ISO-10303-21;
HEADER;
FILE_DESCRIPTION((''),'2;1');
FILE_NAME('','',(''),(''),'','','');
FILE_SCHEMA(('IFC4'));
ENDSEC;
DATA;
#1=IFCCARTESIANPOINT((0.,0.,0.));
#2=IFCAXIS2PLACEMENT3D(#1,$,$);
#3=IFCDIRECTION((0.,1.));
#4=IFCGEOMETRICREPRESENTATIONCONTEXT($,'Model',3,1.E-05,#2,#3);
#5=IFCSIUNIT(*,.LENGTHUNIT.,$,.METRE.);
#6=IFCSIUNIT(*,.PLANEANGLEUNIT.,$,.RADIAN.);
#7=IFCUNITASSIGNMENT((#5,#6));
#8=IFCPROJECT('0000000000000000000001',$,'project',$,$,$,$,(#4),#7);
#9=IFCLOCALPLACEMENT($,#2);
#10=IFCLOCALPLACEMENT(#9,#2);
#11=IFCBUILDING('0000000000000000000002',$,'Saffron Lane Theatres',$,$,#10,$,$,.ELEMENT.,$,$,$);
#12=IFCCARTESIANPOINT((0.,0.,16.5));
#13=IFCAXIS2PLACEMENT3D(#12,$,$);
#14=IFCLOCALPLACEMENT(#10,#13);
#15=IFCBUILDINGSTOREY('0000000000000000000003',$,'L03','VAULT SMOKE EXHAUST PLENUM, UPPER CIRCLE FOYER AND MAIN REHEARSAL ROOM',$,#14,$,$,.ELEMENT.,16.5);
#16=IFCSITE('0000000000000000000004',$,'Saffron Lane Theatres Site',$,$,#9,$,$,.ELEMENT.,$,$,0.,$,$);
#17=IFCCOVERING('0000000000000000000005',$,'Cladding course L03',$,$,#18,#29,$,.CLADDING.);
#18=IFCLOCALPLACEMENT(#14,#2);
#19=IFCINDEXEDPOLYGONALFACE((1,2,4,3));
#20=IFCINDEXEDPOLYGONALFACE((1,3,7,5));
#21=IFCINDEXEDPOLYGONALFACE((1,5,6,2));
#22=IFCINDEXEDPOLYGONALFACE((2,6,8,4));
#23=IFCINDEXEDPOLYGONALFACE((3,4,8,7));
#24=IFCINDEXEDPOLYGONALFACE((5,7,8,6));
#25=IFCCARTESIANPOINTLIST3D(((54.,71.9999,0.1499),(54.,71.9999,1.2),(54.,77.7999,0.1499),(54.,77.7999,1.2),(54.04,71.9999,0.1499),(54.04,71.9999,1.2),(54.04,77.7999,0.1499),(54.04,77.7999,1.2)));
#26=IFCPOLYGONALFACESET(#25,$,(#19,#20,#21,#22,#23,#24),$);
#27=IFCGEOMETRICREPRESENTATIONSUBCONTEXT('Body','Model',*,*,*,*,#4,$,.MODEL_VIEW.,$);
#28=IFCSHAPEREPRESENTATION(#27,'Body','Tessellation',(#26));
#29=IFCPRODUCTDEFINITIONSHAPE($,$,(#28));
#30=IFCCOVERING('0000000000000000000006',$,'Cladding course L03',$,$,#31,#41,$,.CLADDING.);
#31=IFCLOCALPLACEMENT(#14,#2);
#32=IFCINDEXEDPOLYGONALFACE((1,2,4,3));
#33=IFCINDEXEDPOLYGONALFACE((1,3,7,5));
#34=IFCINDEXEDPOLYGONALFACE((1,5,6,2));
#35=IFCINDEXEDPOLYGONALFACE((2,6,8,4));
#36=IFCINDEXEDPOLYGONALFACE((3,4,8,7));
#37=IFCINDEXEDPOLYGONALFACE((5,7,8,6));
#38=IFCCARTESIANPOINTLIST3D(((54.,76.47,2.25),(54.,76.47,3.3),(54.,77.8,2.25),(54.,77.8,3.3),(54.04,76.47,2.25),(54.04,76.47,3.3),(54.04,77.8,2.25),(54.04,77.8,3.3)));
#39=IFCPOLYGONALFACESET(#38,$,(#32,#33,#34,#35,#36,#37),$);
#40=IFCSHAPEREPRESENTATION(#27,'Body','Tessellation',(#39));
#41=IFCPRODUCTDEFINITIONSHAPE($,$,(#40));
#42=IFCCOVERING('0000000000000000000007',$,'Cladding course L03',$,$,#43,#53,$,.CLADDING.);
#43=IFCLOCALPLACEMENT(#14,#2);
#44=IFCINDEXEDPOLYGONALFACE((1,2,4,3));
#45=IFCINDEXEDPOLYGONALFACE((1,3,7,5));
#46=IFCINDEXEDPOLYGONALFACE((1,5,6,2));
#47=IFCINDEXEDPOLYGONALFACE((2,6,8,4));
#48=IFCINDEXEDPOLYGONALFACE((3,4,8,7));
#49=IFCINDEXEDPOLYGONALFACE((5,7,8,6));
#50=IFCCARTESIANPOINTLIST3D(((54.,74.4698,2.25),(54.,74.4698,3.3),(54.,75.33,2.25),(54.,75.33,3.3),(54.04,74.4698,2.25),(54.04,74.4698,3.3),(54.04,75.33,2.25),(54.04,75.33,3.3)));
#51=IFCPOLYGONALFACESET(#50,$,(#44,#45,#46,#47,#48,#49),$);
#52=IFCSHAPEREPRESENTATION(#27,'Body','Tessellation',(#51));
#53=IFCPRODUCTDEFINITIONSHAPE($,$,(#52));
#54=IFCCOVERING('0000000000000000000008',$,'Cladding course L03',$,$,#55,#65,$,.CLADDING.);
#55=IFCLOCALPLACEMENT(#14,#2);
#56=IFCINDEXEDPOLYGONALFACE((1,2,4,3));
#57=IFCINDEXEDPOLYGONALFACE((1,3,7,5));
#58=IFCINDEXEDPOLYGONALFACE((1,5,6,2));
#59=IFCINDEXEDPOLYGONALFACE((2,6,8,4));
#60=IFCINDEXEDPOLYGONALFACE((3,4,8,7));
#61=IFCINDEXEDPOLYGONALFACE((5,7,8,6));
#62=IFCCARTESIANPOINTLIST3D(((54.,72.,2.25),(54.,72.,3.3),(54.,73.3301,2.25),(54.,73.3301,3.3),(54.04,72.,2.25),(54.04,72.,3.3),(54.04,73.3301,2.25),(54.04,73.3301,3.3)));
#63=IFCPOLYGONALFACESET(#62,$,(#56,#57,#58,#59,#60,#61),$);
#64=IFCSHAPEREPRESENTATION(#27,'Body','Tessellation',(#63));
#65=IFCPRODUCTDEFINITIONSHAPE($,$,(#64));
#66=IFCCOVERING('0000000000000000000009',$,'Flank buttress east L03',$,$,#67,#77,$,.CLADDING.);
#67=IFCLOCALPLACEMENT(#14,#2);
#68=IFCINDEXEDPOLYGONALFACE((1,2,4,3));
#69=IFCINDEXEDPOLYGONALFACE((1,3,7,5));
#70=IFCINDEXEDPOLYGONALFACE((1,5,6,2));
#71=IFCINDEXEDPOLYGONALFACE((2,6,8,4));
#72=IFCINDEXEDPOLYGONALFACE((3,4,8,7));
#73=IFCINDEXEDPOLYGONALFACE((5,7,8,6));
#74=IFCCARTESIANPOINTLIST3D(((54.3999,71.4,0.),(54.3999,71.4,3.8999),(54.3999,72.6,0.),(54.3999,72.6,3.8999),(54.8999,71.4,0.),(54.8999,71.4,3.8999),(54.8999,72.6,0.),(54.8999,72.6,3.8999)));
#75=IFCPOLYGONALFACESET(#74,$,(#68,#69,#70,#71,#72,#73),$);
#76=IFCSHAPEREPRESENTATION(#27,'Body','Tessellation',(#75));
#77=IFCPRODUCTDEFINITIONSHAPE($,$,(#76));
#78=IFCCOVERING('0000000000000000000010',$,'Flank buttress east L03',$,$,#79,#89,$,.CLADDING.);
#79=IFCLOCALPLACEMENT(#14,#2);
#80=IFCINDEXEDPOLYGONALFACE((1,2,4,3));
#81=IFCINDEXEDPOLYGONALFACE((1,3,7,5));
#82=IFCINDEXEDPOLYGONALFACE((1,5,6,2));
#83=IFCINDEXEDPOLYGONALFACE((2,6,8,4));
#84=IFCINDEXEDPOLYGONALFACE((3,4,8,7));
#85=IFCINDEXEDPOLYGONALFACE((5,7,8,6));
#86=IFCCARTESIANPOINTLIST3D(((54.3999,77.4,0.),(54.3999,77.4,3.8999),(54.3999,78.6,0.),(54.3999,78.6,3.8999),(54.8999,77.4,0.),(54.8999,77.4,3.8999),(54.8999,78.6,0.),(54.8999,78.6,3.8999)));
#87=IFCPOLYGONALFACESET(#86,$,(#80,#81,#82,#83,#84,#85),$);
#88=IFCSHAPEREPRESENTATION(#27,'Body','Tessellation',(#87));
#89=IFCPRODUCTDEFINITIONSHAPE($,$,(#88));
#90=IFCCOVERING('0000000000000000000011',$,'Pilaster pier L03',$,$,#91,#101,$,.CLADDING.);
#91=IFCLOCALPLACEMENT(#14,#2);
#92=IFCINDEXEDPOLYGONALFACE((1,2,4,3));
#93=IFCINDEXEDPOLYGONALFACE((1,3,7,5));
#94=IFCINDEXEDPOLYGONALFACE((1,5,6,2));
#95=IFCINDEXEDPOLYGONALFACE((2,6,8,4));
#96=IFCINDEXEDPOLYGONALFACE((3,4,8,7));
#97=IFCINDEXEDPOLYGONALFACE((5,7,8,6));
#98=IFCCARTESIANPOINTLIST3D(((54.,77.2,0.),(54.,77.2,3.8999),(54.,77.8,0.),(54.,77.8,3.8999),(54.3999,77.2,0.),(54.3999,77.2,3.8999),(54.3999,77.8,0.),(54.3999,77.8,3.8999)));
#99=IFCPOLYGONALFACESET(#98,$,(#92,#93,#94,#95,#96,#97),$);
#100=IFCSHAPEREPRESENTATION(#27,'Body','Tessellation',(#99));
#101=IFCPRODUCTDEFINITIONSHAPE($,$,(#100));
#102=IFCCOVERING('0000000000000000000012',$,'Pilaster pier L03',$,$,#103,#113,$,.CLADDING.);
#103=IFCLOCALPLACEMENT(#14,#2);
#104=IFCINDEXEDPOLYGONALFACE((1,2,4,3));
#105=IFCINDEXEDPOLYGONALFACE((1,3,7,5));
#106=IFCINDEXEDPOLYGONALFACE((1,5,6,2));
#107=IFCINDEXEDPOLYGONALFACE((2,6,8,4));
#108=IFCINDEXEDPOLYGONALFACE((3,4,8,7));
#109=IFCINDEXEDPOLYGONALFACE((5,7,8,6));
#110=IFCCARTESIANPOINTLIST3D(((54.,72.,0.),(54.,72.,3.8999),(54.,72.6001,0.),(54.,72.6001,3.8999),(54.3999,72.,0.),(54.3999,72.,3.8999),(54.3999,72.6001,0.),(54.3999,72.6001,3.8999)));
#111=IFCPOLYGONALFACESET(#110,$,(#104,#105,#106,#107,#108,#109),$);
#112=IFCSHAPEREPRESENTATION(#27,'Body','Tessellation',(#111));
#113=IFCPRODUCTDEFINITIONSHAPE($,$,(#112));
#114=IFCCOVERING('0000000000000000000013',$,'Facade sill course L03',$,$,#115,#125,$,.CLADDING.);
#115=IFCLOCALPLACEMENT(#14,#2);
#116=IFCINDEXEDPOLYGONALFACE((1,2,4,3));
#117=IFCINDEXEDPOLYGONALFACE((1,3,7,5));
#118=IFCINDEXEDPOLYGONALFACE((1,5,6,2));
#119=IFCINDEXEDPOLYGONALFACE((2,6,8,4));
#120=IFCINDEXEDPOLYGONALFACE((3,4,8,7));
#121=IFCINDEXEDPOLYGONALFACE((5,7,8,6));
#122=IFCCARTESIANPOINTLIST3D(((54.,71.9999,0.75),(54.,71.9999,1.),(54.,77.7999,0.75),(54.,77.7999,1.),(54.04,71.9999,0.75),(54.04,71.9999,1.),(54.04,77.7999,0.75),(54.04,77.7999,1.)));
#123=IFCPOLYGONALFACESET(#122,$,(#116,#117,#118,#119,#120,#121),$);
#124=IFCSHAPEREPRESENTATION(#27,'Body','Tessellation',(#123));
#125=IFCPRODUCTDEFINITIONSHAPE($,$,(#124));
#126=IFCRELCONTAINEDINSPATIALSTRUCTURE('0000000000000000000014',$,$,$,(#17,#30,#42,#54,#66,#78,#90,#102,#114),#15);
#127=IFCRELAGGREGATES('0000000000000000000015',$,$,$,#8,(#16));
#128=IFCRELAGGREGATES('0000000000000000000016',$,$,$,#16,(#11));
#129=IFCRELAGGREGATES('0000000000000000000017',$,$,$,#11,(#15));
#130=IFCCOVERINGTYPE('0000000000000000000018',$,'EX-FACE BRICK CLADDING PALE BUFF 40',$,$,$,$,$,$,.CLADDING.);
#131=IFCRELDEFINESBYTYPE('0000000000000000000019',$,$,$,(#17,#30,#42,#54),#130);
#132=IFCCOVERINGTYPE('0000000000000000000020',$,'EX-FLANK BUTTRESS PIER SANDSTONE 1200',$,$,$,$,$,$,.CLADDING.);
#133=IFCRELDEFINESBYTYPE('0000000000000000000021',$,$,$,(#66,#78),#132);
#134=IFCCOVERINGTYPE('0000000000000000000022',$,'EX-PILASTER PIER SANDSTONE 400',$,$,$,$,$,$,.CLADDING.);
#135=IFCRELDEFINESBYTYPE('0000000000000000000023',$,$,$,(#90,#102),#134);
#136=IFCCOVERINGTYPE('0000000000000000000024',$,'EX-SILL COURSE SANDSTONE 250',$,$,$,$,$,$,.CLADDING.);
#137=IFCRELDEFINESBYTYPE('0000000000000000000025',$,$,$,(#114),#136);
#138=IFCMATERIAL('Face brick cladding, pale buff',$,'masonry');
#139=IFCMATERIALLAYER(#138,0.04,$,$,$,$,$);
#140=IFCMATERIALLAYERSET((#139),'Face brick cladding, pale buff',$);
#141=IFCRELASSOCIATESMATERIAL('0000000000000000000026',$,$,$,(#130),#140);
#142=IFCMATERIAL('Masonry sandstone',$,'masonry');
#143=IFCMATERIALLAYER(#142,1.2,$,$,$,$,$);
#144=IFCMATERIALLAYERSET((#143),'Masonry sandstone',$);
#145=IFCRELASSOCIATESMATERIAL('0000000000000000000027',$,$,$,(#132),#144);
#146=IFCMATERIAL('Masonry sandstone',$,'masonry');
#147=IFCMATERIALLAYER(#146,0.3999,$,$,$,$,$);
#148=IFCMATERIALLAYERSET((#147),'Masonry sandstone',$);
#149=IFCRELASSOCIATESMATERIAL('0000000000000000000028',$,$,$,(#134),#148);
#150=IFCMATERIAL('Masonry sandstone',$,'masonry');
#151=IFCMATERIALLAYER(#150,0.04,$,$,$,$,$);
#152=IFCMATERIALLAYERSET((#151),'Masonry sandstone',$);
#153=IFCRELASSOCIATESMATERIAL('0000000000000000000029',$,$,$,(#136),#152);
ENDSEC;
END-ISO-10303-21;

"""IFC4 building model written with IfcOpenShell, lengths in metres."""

from ifc_helpers import new_model, si_unit, direction, frame, origin, origin_2d, place, context, subcontext, project, spatial, rectangle, extrude, material, layer, layer_set, type_object, element, save


model = new_model("IFC4")

# Units and contexts
model_context = context("Model", 3, precision=1e-05, world=origin(), true_north=direction((0.0, 1.0)))
body_context = subcontext(model_context, "Body", "Model", "MODEL_VIEW")
ifc_project = project(units=[si_unit("LENGTHUNIT", "METRE"), si_unit("PLANEANGLEUNIT", "RADIAN")], contexts=[model_context])

# Site, building, storey
site_placement = place(None, origin())
site = spatial("IfcSite", under=ifc_project, at=site_placement, Name="Saffron Lane Theatres Site", CompositionType="ELEMENT", RefElevation=0.0)
building_placement = place(site_placement, origin())
building = spatial("IfcBuilding", under=site, at=building_placement, Name="Saffron Lane Theatres", CompositionType="ELEMENT")
storey_placement = place(building_placement, frame((0.0, 0.0, 16.5)))
storey = spatial("IfcBuildingStorey", under=building, at=storey_placement, Name="L03", Description="VAULT SMOKE EXHAUST PLENUM, UPPER CIRCLE FOYER AND MAIN REHEARSAL ROOM", CompositionType="ELEMENT", Elevation=16.5)

# Coverings
ifc_material_1 = material(Name="Face brick cladding, pale buff", Category="masonry")
ifc_layer_1 = layer(ifc_material_1, 0.04)
ifc_layer_set_1 = layer_set([ifc_layer_1], Name="Face brick cladding, pale buff")
covering_type_1 = type_object("IfcCoveringType", Name="EX-FACE BRICK CLADDING PALE BUFF 40", PredefinedType="CLADDING", material=ifc_layer_set_1)
covering_1_placement = place(storey_placement, frame((54.02, 74.8999, 0.1499), z_axis=(0.0, 0.0, 1.0), x_axis=(0.0, -1.0, 0.0)))
element("IfcCovering", 1, at=covering_1_placement, inside=storey, type_object=covering_type_1, Name="Cladding course L03", PredefinedType="CLADDING", context=body_context, shape_type="SweptSolid", body=[
    extrude(rectangle(XDim=5.8, YDim=0.04, at=origin_2d()), origin(), (0.0, 0.0, 1.0), 1.05),
])
covering_2_placement = place(storey_placement, frame((54.02, 77.135, 2.25), z_axis=(0.0, 0.0, 1.0), x_axis=(0.0, -1.0, 0.0)))
element("IfcCovering", 2, at=covering_2_placement, inside=storey, type_object=covering_type_1, Name="Cladding course L03", PredefinedType="CLADDING", context=body_context, shape_type="SweptSolid", body=[
    extrude(rectangle(XDim=1.3301, YDim=0.04, at=origin_2d()), origin(), (0.0, 0.0, 1.0), 1.05),
])
covering_3_placement = place(storey_placement, frame((54.02, 74.8999, 2.25), z_axis=(0.0, 0.0, 1.0), x_axis=(0.0, -1.0, 0.0)))
element("IfcCovering", 3, at=covering_3_placement, inside=storey, type_object=covering_type_1, Name="Cladding course L03", PredefinedType="CLADDING", context=body_context, shape_type="SweptSolid", body=[
    extrude(rectangle(XDim=0.8601, YDim=0.04, at=origin_2d()), origin(), (0.0, 0.0, 1.0), 1.05),
])
covering_4_placement = place(storey_placement, frame((54.02, 72.665, 2.25), z_axis=(0.0, 0.0, 1.0), x_axis=(0.0, -1.0, 0.0)))
element("IfcCovering", 4, at=covering_4_placement, inside=storey, type_object=covering_type_1, Name="Cladding course L03", PredefinedType="CLADDING", context=body_context, shape_type="SweptSolid", body=[
    extrude(rectangle(XDim=1.3301, YDim=0.04, at=origin_2d()), origin(), (0.0, 0.0, 1.0), 1.05),
])
ifc_material_2 = material(Name="Masonry sandstone", Category="masonry")
ifc_layer_2 = layer(ifc_material_2, 1.2)
ifc_layer_set_2 = layer_set([ifc_layer_2], Name="Masonry sandstone")
covering_type_2 = type_object("IfcCoveringType", Name="EX-FLANK BUTTRESS PIER SANDSTONE 1200", PredefinedType="CLADDING", material=ifc_layer_set_2)
for number, where, z_axis, x_axis, name in (
    (5, (54.6499, 72.0, 0.0), (0.0, 0.0, 1.0), (0.0, 1.0, 0.0), "Flank buttress east L03"),
    (6, (54.6499, 78.0, 0.0), (0.0, 0.0, 1.0), (0.0, 1.0, 0.0), "Flank buttress east L03"),
):
    element("IfcCovering", number, at=place(storey_placement, frame(where, z_axis=z_axis, x_axis=x_axis)), inside=storey, type_object=covering_type_2, Name=name, PredefinedType="CLADDING", context=body_context, shape_type="SweptSolid", body=[
        extrude(rectangle(XDim=1.2, YDim=0.5, at=origin_2d()), origin(), (0.0, 0.0, 1.0), 3.8999),
    ])
ifc_material_3 = material(Name="Masonry sandstone", Category="masonry")
ifc_layer_3 = layer(ifc_material_3, 0.3999)
ifc_layer_set_3 = layer_set([ifc_layer_3], Name="Masonry sandstone")
covering_type_3 = type_object("IfcCoveringType", Name="EX-PILASTER PIER SANDSTONE 400", PredefinedType="CLADDING", material=ifc_layer_set_3)
for number, where, z_axis, x_axis, name in (
    (7, (54.2, 77.5, 0.0), (0.0, 0.0, 1.0), (0.0, -1.0, 0.0), "Pilaster pier L03"),
    (8, (54.2, 72.3, 0.0), (0.0, 0.0, 1.0), (0.0, -1.0, 0.0), "Pilaster pier L03"),
):
    element("IfcCovering", number, at=place(storey_placement, frame(where, z_axis=z_axis, x_axis=x_axis)), inside=storey, type_object=covering_type_3, Name=name, PredefinedType="CLADDING", context=body_context, shape_type="SweptSolid", body=[
        extrude(rectangle(XDim=0.6001, YDim=0.3999, at=origin_2d()), origin(), (0.0, 0.0, 1.0), 3.8999),
    ])
ifc_material_4 = material(Name="Masonry sandstone", Category="masonry")
ifc_layer_4 = layer(ifc_material_4, 0.04)
ifc_layer_set_4 = layer_set([ifc_layer_4], Name="Masonry sandstone")
covering_type_4 = type_object("IfcCoveringType", Name="EX-SILL COURSE SANDSTONE 250", PredefinedType="CLADDING", material=ifc_layer_set_4)
covering_5_placement = place(storey_placement, frame((54.02, 74.8999, 0.75), z_axis=(0.0, 0.0, 1.0), x_axis=(0.0, -1.0, 0.0)))
element("IfcCovering", 9, at=covering_5_placement, inside=storey, type_object=covering_type_4, Name="Facade sill course L03", PredefinedType="CLADDING", context=body_context, shape_type="SweptSolid", body=[
    extrude(rectangle(XDim=5.8, YDim=0.04, at=origin_2d()), origin(), (0.0, 0.0, 1.0), 0.25),
])

save(model, "model.ifc")
